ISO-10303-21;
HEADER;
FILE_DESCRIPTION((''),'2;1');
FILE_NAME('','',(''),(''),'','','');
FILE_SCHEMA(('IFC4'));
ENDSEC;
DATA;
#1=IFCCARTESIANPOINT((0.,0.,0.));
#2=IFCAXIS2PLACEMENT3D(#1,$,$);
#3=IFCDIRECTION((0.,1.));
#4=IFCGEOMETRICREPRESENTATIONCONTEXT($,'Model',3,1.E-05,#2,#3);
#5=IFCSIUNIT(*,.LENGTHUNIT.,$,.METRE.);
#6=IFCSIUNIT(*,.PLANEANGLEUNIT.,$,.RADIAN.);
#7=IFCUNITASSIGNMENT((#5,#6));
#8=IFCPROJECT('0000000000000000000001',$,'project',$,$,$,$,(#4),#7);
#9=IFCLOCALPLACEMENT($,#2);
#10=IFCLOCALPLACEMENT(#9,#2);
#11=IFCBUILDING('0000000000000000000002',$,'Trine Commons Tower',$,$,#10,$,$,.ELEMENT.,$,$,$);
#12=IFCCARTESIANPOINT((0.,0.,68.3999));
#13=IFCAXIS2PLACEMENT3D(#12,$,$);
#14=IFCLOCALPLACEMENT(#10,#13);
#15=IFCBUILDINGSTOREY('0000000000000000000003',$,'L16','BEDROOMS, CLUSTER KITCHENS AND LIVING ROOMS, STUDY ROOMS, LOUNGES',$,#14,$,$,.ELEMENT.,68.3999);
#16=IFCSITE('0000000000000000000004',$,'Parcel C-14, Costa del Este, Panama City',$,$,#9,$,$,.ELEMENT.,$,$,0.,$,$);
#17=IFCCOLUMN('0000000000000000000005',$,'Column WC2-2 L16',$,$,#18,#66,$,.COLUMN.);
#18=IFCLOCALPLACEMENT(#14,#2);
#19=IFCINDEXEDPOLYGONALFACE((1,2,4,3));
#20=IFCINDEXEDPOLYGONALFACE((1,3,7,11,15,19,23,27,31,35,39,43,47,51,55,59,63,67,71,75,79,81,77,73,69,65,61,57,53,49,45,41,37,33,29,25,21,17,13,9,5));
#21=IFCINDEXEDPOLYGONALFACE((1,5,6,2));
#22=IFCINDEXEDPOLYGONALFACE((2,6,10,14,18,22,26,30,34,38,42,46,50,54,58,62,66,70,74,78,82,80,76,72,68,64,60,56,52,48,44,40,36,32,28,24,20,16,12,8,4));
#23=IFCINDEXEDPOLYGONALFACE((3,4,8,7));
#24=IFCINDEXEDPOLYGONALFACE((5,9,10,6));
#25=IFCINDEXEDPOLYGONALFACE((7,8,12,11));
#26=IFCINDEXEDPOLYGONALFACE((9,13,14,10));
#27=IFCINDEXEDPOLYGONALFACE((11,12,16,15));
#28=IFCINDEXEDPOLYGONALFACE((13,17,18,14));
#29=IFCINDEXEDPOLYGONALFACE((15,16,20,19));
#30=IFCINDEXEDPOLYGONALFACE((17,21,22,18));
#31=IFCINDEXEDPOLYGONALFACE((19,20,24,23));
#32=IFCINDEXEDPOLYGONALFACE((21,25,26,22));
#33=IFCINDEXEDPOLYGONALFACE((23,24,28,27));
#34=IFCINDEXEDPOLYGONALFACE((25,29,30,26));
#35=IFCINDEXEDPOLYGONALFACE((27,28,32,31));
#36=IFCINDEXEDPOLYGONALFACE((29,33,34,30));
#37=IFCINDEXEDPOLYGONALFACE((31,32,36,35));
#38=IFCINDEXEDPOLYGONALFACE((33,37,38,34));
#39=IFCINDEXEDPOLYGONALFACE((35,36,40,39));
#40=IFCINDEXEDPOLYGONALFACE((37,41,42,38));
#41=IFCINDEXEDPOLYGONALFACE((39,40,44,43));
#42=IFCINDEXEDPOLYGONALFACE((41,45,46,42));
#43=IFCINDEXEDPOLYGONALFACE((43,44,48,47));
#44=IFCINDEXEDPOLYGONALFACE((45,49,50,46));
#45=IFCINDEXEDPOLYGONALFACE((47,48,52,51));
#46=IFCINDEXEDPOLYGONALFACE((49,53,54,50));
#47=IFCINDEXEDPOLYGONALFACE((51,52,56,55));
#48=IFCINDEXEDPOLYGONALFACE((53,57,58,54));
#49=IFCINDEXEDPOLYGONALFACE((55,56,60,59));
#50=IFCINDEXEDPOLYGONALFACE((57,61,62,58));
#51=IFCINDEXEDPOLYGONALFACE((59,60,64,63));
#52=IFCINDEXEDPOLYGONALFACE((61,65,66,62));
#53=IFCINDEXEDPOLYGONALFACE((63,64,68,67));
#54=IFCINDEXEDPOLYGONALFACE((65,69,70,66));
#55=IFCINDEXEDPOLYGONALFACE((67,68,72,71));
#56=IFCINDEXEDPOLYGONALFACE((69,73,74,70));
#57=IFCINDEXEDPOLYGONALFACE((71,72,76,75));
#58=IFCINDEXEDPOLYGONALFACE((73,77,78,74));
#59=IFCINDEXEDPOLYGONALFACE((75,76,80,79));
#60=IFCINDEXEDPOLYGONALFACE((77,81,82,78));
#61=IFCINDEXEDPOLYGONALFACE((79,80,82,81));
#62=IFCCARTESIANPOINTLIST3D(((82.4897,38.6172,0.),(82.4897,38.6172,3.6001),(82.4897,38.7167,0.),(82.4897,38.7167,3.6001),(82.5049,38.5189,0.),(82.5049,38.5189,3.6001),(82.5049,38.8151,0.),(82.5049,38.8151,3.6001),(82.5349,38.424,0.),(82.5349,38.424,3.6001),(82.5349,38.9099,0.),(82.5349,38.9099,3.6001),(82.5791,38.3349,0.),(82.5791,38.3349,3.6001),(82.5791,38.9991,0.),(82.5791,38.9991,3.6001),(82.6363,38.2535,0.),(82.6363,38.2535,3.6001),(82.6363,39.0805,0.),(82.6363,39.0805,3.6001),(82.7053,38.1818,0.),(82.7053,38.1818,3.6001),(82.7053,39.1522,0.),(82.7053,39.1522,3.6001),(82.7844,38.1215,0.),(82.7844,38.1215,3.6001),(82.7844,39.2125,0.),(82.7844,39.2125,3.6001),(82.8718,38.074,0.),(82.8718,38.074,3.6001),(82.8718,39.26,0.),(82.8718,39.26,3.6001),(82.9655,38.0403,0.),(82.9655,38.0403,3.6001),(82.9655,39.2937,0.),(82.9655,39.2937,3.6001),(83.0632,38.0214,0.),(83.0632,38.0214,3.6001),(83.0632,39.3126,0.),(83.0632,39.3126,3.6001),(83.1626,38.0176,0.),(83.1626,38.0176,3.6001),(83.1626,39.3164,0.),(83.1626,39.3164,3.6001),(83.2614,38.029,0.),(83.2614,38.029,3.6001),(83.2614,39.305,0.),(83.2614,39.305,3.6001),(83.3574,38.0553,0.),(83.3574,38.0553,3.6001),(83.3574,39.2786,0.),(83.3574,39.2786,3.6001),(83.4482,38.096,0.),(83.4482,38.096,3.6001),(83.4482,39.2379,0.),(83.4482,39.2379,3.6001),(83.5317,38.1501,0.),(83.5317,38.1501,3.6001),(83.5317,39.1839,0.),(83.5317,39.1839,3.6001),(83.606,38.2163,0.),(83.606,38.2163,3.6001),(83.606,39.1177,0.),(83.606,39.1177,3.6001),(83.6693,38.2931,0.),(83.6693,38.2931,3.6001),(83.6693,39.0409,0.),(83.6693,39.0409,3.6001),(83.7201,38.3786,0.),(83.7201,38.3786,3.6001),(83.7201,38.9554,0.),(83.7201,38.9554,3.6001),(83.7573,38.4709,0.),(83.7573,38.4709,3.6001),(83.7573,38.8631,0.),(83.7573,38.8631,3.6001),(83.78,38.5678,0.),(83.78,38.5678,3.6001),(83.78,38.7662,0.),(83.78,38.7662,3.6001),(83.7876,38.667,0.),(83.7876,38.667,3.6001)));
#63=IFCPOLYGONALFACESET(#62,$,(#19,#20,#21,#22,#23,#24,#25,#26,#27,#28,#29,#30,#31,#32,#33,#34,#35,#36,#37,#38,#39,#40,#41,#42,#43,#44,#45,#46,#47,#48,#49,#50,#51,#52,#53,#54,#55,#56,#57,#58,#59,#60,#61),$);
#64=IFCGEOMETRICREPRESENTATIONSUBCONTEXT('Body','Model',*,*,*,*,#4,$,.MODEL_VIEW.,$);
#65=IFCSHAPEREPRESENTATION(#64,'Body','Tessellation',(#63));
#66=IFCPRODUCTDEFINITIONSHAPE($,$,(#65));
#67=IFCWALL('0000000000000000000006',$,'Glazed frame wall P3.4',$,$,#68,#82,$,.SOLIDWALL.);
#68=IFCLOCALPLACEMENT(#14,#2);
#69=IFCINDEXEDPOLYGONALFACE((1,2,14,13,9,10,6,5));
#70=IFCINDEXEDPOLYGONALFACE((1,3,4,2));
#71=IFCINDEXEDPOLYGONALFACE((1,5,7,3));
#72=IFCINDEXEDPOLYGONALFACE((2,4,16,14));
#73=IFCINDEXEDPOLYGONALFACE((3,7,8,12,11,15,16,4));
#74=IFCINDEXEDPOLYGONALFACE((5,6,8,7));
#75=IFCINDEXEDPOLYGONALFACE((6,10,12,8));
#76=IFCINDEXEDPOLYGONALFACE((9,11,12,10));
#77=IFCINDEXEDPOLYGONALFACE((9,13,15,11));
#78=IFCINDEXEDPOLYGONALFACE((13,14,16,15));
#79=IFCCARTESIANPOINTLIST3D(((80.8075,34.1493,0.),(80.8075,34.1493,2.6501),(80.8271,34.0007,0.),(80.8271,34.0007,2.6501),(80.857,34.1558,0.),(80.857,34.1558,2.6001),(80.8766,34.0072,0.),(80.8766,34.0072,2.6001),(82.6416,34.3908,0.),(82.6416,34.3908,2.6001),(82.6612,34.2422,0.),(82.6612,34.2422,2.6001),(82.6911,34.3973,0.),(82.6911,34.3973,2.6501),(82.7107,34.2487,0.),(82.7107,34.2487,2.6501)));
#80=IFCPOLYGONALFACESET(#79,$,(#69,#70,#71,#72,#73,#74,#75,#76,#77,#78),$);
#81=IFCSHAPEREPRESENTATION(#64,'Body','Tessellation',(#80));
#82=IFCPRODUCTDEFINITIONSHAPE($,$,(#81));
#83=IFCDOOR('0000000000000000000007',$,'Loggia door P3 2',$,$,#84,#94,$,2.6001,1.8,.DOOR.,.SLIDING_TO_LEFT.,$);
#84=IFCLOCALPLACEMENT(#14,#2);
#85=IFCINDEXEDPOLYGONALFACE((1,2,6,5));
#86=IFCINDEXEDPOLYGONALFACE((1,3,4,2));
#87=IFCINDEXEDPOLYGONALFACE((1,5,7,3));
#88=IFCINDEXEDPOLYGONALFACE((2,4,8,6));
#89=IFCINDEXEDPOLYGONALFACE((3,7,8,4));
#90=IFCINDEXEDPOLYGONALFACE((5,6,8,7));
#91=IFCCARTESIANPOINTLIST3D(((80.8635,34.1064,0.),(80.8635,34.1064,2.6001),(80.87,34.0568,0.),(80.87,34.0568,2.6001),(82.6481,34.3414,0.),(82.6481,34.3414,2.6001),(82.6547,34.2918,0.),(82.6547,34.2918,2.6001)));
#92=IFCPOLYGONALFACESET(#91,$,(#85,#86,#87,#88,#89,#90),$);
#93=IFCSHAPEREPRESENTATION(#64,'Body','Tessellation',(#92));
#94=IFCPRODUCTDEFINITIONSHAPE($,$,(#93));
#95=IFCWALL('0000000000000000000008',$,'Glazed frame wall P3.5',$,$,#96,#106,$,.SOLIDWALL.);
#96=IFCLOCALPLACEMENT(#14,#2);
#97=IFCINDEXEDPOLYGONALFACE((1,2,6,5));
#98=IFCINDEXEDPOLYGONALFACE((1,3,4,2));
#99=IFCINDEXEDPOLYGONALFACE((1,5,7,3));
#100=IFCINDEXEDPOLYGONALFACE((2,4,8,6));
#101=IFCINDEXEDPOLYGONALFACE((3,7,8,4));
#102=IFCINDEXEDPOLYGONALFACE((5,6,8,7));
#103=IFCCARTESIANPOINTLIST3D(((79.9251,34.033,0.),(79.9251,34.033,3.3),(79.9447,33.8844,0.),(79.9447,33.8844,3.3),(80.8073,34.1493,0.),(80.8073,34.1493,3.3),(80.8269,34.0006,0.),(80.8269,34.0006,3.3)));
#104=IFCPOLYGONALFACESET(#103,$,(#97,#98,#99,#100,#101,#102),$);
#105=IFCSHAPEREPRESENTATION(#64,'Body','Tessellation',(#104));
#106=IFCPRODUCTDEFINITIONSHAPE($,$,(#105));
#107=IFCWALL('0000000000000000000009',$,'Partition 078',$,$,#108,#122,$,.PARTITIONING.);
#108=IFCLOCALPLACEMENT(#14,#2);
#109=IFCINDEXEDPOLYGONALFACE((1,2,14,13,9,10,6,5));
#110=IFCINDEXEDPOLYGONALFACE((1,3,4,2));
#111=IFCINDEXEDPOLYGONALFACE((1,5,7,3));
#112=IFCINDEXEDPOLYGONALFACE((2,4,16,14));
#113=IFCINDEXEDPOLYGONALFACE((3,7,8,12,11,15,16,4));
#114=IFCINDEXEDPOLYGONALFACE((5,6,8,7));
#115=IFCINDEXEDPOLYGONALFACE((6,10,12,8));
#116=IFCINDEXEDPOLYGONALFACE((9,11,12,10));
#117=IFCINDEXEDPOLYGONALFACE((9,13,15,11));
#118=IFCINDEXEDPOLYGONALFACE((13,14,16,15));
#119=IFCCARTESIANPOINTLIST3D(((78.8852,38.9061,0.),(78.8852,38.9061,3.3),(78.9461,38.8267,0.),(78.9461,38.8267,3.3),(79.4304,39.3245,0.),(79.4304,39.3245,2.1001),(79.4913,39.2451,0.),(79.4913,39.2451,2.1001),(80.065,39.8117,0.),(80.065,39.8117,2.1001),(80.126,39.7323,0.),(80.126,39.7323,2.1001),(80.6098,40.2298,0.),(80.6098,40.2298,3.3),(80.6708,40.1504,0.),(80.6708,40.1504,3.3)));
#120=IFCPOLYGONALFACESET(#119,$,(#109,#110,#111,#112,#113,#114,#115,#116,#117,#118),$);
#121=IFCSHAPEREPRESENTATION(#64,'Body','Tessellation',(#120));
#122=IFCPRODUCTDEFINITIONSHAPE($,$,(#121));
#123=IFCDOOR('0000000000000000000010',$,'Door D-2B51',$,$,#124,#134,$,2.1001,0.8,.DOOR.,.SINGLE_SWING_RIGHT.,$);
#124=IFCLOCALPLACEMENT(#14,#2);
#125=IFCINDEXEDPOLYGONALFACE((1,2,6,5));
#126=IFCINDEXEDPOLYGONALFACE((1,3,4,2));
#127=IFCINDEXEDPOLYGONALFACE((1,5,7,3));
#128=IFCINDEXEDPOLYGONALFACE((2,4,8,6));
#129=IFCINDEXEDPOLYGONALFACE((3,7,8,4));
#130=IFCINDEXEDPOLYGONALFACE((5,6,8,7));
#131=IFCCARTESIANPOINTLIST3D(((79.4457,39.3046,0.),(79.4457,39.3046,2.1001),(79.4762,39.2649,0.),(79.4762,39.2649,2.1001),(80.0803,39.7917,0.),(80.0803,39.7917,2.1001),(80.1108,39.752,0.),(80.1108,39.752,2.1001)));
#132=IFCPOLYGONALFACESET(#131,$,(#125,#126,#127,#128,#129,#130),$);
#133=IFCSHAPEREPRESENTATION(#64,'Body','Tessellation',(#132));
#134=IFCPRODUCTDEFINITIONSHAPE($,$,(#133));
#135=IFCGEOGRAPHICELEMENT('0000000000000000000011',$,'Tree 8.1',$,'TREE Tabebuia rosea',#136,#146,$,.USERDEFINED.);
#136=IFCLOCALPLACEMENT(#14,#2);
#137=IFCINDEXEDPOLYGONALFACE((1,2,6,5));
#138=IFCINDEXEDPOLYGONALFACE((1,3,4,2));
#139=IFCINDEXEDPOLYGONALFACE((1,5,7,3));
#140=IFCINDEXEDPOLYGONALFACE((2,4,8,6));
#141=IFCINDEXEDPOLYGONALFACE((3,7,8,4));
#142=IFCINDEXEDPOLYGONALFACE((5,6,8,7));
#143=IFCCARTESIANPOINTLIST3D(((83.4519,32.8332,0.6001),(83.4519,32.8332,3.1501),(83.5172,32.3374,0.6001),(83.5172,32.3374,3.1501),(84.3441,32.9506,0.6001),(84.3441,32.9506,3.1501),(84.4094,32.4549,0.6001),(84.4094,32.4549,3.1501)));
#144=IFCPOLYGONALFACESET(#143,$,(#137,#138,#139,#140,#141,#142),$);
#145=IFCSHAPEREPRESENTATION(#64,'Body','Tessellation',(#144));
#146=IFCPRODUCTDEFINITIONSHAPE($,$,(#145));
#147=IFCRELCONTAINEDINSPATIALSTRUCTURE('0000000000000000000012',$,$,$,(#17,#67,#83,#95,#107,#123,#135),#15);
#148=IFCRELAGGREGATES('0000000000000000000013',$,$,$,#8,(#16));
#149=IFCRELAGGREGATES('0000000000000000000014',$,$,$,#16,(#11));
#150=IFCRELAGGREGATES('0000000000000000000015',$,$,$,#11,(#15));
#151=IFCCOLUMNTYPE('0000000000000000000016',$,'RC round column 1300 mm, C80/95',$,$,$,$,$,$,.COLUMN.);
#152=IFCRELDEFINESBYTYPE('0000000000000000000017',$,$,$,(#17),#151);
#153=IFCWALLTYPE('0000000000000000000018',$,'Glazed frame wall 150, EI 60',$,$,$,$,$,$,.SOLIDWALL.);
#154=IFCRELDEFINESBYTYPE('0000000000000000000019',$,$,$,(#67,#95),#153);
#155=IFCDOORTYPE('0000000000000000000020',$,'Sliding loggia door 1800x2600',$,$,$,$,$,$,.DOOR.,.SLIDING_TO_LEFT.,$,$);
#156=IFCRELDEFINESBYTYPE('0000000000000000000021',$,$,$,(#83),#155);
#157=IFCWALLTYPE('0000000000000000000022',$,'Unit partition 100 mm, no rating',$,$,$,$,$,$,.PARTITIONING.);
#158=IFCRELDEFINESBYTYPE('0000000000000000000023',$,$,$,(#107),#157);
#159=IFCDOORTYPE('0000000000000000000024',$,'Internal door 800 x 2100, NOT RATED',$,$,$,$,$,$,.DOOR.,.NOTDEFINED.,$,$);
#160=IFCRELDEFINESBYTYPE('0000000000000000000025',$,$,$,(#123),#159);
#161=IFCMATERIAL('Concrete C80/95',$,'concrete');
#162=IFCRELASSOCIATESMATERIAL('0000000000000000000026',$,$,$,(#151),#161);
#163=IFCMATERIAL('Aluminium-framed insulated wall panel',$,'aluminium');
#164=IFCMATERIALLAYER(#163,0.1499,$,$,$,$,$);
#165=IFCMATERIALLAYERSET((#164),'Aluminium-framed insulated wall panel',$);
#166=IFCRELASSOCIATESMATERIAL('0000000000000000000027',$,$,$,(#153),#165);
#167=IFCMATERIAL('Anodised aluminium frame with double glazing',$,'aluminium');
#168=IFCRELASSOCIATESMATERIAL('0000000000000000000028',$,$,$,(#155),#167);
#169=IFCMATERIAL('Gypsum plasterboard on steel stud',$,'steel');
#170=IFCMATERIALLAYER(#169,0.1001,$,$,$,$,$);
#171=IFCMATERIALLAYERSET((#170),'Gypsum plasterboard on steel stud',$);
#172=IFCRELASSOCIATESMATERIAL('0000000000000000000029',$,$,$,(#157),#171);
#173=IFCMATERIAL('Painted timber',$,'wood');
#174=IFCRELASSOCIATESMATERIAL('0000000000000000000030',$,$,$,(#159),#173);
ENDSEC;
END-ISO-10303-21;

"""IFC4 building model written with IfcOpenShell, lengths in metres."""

from ifc_helpers import new_model, si_unit, direction, frame, frame_2d, origin, origin_2d, place, context, subcontext, project, spatial, polyline, rectangle, circle, outline, extrude, material, layer, layer_set, material_profile, profile_set, type_object, element, fill, save


model = new_model("IFC4")

# Units and contexts
model_context = context("Model", 3, precision=1e-05, world=origin(), true_north=direction((0.0, 1.0)))
body_context = subcontext(model_context, "Body", "Model", "MODEL_VIEW")
ifc_project = project(units=[si_unit("LENGTHUNIT", "METRE"), si_unit("PLANEANGLEUNIT", "RADIAN")], contexts=[model_context])

# Site, building, storey
site_placement = place(None, origin())
site = spatial("IfcSite", under=ifc_project, at=site_placement, Name="Parcel C-14, Costa del Este, Panama City", CompositionType="ELEMENT", RefElevation=0.0)
building_placement = place(site_placement, origin())
building = spatial("IfcBuilding", under=site, at=building_placement, Name="Trine Commons Tower", CompositionType="ELEMENT")
storey_placement = place(building_placement, frame((0.0, 0.0, 68.3999)))
storey = spatial("IfcBuildingStorey", under=building, at=storey_placement, Name="L16", Description="BEDROOMS, CLUSTER KITCHENS AND LIVING ROOMS, STUDY ROOMS, LOUNGES", CompositionType="ELEMENT", Elevation=68.3999)

# Column
ifc_material_1 = material(Name="Concrete C80/95", Category="concrete")
ifc_material_profile = material_profile(ifc_material_1, circle(Radius=0.6499, at=origin_2d()), Name="RC round 1300")
ifc_profile_set = profile_set([ifc_material_profile], Name="Concrete C80/95")
column_type = type_object("IfcColumnType", Name="RC round column 1300 mm, C80/95", PredefinedType="COLUMN", material=ifc_profile_set)
column_placement = place(storey_placement, frame((83.1377, 38.667, 0.0), z_axis=(0.0, 0.0, 1.0), x_axis=(1.0, 0.0, 0.0)))
element("IfcColumn", 1, at=column_placement, inside=storey, type_object=column_type, Name="Column WC2-2 L16", PredefinedType="COLUMN", context=body_context, shape_type="SweptSolid", body=[
    extrude(circle(Radius=0.6499, at=origin_2d()), origin(), (0.0, 0.0, 1.0), 3.6001),
])

# Wall, opening, door
ifc_material_2 = material(Name="Aluminium-framed insulated wall panel", Category="aluminium")
ifc_layer_1 = layer(ifc_material_2, 0.1499)
ifc_layer_set_1 = layer_set([ifc_layer_1], Name="Aluminium-framed insulated wall panel")
wall_type_1 = type_object("IfcWallType", Name="Glazed frame wall 150, EI 60", PredefinedType="SOLIDWALL", material=ifc_layer_set_1)
wall_1_placement = place(storey_placement, frame((82.7009, 34.323, 0.0), z_axis=(0.0, 0.0, 1.0), x_axis=(-0.991442, -0.130548, 0.0)))
wall_1 = element("IfcWall", 2, at=wall_1_placement, inside=storey, type_object=wall_type_1, Name="Glazed frame wall P3.4", PredefinedType="SOLIDWALL", context=body_context, shape_type="SweptSolid", body=[
    extrude(outline(polyline([(0.0, -0.075), (1.8999, -0.075), (1.8999, 0.075), (0.0, 0.075), (0.0, -0.075)])), origin(), (0.0, 0.0, 1.0), 2.6501),
])
opening_1_placement = place(wall_1_placement, frame((0.05, 0.0, 0.0)))
opening_1 = element("IfcOpeningElement", 3, at=opening_1_placement, cuts=wall_1, PredefinedType="OPENING", context=body_context, shape_type="SweptSolid", body=[
    extrude(rectangle(XDim=1.8, YDim=2.6001, at=frame_2d((0.8999, 1.3))), frame((0.0, 0.085, 0.0), z_axis=(0.0, -1.0, 0.0), x_axis=(1.0, 0.0, 0.0)), (0.0, 0.0, 1.0), 0.1699),
])
ifc_material_3 = material(Name="Anodised aluminium frame with double glazing", Category="aluminium")
door_type_1 = type_object("IfcDoorType", Name="Sliding loggia door 1800x2600", OperationType="SLIDING_TO_LEFT", PredefinedType="DOOR", material=ifc_material_3)
door_1_placement = place(opening_1_placement, origin())
door_1 = element("IfcDoor", 4, at=door_1_placement, inside=storey, type_object=door_type_1, Name="Loggia door P3 2", OperationType="SLIDING_TO_LEFT", OverallHeight=2.6001, OverallWidth=1.8, PredefinedType="DOOR", context=body_context, shape_type="SweptSolid", body=[
    extrude(rectangle(XDim=1.8, YDim=2.6001, at=frame_2d((0.8999, 1.3))), frame((0.0, 0.0249, 0.0), z_axis=(0.0, -1.0, 0.0), x_axis=(1.0, 0.0, 0.0)), (0.0, 0.0, 1.0), 0.05),
])
fill(opening_1, door_1)

# Wall
wall_2_placement = place(storey_placement, frame((80.8171, 34.075, 0.0), z_axis=(0.0, 0.0, 1.0), x_axis=(-0.991434, -0.130612, 0.0)))
element("IfcWall", 5, at=wall_2_placement, inside=storey, type_object=wall_type_1, Name="Glazed frame wall P3.5", PredefinedType="SOLIDWALL", context=body_context, shape_type="SweptSolid", body=[
    extrude(outline(polyline([(0.8899, 0.075), (0.0, 0.075), (0.0, -0.075), (0.8899, -0.075), (0.8899, 0.075)])), origin(), (0.0, 0.0, 1.0), 3.3),
])

# Wall, opening, door
ifc_material_4 = material(Name="Gypsum plasterboard on steel stud", Category="steel")
ifc_layer_2 = layer(ifc_material_4, 0.1001)
ifc_layer_set_2 = layer_set([ifc_layer_2], Name="Gypsum plasterboard on steel stud")
wall_type_2 = type_object("IfcWallType", Name="Unit partition 100 mm, no rating", PredefinedType="PARTITIONING", material=ifc_layer_set_2)
wall_3_placement = place(storey_placement, frame((78.9158, 38.8665, 0.0), z_axis=(0.0, 0.0, 1.0), x_axis=(0.793266, 0.608875, 0.0)))
wall_3 = element("IfcWall", 6, at=wall_3_placement, inside=storey, type_object=wall_type_2, Name="Partition 078", PredefinedType="PARTITIONING", context=body_context, shape_type="SweptSolid", body=[
    extrude(rectangle(XDim=2.1741, YDim=0.1001, at=frame_2d((1.0869, 0.0))), origin(), (0.0, 0.0, 1.0), 3.3),
])
opening_2_placement = place(wall_3_placement, frame((0.6873, 0.0, 0.0)))
opening_2 = element("IfcOpeningElement", 7, at=opening_2_placement, cuts=wall_3, PredefinedType="OPENING", context=body_context, shape_type="SweptSolid", body=[
    extrude(rectangle(XDim=0.8, YDim=2.1001, at=frame_2d((0.3999, 1.05))), frame((0.0, 0.0601, 0.0), z_axis=(0.0, -1.0, 0.0), x_axis=(1.0, 0.0, 0.0)), (0.0, 0.0, 1.0), 0.1201),
])
ifc_material_5 = material(Name="Painted timber", Category="wood")
door_type_2 = type_object("IfcDoorType", Name="Internal door 800 x 2100, NOT RATED", OperationType="NOTDEFINED", PredefinedType="DOOR", material=ifc_material_5)
door_2_placement = place(opening_2_placement, origin())
door_2 = element("IfcDoor", 8, at=door_2_placement, inside=storey, type_object=door_type_2, Name="Door D-2B51", OperationType="SINGLE_SWING_RIGHT", OverallHeight=2.1001, OverallWidth=0.8, PredefinedType="DOOR", context=body_context, shape_type="SweptSolid", body=[
    extrude(rectangle(XDim=0.8, YDim=2.1001, at=frame_2d((0.3999, 1.05))), frame((0.0, 0.0249, 0.0), z_axis=(0.0, -1.0, 0.0), x_axis=(1.0, 0.0, 0.0)), (0.0, 0.0, 1.0), 0.05),
])
fill(opening_2, door_2)

# Geographic element
geographic_element_placement = place(storey_placement, frame((83.9307, 32.644, 0.6001), z_axis=(0.0, 0.0, 1.0), x_axis=(-0.991443, -0.130543, 0.0)))
element("IfcGeographicElement", 9, at=geographic_element_placement, inside=storey, Name="Tree 8.1", ObjectType="TREE Tabebuia rosea", PredefinedType="USERDEFINED", context=body_context, shape_type="SweptSolid", body=[
    extrude(rectangle(XDim=0.8999, YDim=0.5, at=origin_2d()), origin(), (0.0, 0.0, 1.0), 2.55),
])

save(model, "model.ifc")
